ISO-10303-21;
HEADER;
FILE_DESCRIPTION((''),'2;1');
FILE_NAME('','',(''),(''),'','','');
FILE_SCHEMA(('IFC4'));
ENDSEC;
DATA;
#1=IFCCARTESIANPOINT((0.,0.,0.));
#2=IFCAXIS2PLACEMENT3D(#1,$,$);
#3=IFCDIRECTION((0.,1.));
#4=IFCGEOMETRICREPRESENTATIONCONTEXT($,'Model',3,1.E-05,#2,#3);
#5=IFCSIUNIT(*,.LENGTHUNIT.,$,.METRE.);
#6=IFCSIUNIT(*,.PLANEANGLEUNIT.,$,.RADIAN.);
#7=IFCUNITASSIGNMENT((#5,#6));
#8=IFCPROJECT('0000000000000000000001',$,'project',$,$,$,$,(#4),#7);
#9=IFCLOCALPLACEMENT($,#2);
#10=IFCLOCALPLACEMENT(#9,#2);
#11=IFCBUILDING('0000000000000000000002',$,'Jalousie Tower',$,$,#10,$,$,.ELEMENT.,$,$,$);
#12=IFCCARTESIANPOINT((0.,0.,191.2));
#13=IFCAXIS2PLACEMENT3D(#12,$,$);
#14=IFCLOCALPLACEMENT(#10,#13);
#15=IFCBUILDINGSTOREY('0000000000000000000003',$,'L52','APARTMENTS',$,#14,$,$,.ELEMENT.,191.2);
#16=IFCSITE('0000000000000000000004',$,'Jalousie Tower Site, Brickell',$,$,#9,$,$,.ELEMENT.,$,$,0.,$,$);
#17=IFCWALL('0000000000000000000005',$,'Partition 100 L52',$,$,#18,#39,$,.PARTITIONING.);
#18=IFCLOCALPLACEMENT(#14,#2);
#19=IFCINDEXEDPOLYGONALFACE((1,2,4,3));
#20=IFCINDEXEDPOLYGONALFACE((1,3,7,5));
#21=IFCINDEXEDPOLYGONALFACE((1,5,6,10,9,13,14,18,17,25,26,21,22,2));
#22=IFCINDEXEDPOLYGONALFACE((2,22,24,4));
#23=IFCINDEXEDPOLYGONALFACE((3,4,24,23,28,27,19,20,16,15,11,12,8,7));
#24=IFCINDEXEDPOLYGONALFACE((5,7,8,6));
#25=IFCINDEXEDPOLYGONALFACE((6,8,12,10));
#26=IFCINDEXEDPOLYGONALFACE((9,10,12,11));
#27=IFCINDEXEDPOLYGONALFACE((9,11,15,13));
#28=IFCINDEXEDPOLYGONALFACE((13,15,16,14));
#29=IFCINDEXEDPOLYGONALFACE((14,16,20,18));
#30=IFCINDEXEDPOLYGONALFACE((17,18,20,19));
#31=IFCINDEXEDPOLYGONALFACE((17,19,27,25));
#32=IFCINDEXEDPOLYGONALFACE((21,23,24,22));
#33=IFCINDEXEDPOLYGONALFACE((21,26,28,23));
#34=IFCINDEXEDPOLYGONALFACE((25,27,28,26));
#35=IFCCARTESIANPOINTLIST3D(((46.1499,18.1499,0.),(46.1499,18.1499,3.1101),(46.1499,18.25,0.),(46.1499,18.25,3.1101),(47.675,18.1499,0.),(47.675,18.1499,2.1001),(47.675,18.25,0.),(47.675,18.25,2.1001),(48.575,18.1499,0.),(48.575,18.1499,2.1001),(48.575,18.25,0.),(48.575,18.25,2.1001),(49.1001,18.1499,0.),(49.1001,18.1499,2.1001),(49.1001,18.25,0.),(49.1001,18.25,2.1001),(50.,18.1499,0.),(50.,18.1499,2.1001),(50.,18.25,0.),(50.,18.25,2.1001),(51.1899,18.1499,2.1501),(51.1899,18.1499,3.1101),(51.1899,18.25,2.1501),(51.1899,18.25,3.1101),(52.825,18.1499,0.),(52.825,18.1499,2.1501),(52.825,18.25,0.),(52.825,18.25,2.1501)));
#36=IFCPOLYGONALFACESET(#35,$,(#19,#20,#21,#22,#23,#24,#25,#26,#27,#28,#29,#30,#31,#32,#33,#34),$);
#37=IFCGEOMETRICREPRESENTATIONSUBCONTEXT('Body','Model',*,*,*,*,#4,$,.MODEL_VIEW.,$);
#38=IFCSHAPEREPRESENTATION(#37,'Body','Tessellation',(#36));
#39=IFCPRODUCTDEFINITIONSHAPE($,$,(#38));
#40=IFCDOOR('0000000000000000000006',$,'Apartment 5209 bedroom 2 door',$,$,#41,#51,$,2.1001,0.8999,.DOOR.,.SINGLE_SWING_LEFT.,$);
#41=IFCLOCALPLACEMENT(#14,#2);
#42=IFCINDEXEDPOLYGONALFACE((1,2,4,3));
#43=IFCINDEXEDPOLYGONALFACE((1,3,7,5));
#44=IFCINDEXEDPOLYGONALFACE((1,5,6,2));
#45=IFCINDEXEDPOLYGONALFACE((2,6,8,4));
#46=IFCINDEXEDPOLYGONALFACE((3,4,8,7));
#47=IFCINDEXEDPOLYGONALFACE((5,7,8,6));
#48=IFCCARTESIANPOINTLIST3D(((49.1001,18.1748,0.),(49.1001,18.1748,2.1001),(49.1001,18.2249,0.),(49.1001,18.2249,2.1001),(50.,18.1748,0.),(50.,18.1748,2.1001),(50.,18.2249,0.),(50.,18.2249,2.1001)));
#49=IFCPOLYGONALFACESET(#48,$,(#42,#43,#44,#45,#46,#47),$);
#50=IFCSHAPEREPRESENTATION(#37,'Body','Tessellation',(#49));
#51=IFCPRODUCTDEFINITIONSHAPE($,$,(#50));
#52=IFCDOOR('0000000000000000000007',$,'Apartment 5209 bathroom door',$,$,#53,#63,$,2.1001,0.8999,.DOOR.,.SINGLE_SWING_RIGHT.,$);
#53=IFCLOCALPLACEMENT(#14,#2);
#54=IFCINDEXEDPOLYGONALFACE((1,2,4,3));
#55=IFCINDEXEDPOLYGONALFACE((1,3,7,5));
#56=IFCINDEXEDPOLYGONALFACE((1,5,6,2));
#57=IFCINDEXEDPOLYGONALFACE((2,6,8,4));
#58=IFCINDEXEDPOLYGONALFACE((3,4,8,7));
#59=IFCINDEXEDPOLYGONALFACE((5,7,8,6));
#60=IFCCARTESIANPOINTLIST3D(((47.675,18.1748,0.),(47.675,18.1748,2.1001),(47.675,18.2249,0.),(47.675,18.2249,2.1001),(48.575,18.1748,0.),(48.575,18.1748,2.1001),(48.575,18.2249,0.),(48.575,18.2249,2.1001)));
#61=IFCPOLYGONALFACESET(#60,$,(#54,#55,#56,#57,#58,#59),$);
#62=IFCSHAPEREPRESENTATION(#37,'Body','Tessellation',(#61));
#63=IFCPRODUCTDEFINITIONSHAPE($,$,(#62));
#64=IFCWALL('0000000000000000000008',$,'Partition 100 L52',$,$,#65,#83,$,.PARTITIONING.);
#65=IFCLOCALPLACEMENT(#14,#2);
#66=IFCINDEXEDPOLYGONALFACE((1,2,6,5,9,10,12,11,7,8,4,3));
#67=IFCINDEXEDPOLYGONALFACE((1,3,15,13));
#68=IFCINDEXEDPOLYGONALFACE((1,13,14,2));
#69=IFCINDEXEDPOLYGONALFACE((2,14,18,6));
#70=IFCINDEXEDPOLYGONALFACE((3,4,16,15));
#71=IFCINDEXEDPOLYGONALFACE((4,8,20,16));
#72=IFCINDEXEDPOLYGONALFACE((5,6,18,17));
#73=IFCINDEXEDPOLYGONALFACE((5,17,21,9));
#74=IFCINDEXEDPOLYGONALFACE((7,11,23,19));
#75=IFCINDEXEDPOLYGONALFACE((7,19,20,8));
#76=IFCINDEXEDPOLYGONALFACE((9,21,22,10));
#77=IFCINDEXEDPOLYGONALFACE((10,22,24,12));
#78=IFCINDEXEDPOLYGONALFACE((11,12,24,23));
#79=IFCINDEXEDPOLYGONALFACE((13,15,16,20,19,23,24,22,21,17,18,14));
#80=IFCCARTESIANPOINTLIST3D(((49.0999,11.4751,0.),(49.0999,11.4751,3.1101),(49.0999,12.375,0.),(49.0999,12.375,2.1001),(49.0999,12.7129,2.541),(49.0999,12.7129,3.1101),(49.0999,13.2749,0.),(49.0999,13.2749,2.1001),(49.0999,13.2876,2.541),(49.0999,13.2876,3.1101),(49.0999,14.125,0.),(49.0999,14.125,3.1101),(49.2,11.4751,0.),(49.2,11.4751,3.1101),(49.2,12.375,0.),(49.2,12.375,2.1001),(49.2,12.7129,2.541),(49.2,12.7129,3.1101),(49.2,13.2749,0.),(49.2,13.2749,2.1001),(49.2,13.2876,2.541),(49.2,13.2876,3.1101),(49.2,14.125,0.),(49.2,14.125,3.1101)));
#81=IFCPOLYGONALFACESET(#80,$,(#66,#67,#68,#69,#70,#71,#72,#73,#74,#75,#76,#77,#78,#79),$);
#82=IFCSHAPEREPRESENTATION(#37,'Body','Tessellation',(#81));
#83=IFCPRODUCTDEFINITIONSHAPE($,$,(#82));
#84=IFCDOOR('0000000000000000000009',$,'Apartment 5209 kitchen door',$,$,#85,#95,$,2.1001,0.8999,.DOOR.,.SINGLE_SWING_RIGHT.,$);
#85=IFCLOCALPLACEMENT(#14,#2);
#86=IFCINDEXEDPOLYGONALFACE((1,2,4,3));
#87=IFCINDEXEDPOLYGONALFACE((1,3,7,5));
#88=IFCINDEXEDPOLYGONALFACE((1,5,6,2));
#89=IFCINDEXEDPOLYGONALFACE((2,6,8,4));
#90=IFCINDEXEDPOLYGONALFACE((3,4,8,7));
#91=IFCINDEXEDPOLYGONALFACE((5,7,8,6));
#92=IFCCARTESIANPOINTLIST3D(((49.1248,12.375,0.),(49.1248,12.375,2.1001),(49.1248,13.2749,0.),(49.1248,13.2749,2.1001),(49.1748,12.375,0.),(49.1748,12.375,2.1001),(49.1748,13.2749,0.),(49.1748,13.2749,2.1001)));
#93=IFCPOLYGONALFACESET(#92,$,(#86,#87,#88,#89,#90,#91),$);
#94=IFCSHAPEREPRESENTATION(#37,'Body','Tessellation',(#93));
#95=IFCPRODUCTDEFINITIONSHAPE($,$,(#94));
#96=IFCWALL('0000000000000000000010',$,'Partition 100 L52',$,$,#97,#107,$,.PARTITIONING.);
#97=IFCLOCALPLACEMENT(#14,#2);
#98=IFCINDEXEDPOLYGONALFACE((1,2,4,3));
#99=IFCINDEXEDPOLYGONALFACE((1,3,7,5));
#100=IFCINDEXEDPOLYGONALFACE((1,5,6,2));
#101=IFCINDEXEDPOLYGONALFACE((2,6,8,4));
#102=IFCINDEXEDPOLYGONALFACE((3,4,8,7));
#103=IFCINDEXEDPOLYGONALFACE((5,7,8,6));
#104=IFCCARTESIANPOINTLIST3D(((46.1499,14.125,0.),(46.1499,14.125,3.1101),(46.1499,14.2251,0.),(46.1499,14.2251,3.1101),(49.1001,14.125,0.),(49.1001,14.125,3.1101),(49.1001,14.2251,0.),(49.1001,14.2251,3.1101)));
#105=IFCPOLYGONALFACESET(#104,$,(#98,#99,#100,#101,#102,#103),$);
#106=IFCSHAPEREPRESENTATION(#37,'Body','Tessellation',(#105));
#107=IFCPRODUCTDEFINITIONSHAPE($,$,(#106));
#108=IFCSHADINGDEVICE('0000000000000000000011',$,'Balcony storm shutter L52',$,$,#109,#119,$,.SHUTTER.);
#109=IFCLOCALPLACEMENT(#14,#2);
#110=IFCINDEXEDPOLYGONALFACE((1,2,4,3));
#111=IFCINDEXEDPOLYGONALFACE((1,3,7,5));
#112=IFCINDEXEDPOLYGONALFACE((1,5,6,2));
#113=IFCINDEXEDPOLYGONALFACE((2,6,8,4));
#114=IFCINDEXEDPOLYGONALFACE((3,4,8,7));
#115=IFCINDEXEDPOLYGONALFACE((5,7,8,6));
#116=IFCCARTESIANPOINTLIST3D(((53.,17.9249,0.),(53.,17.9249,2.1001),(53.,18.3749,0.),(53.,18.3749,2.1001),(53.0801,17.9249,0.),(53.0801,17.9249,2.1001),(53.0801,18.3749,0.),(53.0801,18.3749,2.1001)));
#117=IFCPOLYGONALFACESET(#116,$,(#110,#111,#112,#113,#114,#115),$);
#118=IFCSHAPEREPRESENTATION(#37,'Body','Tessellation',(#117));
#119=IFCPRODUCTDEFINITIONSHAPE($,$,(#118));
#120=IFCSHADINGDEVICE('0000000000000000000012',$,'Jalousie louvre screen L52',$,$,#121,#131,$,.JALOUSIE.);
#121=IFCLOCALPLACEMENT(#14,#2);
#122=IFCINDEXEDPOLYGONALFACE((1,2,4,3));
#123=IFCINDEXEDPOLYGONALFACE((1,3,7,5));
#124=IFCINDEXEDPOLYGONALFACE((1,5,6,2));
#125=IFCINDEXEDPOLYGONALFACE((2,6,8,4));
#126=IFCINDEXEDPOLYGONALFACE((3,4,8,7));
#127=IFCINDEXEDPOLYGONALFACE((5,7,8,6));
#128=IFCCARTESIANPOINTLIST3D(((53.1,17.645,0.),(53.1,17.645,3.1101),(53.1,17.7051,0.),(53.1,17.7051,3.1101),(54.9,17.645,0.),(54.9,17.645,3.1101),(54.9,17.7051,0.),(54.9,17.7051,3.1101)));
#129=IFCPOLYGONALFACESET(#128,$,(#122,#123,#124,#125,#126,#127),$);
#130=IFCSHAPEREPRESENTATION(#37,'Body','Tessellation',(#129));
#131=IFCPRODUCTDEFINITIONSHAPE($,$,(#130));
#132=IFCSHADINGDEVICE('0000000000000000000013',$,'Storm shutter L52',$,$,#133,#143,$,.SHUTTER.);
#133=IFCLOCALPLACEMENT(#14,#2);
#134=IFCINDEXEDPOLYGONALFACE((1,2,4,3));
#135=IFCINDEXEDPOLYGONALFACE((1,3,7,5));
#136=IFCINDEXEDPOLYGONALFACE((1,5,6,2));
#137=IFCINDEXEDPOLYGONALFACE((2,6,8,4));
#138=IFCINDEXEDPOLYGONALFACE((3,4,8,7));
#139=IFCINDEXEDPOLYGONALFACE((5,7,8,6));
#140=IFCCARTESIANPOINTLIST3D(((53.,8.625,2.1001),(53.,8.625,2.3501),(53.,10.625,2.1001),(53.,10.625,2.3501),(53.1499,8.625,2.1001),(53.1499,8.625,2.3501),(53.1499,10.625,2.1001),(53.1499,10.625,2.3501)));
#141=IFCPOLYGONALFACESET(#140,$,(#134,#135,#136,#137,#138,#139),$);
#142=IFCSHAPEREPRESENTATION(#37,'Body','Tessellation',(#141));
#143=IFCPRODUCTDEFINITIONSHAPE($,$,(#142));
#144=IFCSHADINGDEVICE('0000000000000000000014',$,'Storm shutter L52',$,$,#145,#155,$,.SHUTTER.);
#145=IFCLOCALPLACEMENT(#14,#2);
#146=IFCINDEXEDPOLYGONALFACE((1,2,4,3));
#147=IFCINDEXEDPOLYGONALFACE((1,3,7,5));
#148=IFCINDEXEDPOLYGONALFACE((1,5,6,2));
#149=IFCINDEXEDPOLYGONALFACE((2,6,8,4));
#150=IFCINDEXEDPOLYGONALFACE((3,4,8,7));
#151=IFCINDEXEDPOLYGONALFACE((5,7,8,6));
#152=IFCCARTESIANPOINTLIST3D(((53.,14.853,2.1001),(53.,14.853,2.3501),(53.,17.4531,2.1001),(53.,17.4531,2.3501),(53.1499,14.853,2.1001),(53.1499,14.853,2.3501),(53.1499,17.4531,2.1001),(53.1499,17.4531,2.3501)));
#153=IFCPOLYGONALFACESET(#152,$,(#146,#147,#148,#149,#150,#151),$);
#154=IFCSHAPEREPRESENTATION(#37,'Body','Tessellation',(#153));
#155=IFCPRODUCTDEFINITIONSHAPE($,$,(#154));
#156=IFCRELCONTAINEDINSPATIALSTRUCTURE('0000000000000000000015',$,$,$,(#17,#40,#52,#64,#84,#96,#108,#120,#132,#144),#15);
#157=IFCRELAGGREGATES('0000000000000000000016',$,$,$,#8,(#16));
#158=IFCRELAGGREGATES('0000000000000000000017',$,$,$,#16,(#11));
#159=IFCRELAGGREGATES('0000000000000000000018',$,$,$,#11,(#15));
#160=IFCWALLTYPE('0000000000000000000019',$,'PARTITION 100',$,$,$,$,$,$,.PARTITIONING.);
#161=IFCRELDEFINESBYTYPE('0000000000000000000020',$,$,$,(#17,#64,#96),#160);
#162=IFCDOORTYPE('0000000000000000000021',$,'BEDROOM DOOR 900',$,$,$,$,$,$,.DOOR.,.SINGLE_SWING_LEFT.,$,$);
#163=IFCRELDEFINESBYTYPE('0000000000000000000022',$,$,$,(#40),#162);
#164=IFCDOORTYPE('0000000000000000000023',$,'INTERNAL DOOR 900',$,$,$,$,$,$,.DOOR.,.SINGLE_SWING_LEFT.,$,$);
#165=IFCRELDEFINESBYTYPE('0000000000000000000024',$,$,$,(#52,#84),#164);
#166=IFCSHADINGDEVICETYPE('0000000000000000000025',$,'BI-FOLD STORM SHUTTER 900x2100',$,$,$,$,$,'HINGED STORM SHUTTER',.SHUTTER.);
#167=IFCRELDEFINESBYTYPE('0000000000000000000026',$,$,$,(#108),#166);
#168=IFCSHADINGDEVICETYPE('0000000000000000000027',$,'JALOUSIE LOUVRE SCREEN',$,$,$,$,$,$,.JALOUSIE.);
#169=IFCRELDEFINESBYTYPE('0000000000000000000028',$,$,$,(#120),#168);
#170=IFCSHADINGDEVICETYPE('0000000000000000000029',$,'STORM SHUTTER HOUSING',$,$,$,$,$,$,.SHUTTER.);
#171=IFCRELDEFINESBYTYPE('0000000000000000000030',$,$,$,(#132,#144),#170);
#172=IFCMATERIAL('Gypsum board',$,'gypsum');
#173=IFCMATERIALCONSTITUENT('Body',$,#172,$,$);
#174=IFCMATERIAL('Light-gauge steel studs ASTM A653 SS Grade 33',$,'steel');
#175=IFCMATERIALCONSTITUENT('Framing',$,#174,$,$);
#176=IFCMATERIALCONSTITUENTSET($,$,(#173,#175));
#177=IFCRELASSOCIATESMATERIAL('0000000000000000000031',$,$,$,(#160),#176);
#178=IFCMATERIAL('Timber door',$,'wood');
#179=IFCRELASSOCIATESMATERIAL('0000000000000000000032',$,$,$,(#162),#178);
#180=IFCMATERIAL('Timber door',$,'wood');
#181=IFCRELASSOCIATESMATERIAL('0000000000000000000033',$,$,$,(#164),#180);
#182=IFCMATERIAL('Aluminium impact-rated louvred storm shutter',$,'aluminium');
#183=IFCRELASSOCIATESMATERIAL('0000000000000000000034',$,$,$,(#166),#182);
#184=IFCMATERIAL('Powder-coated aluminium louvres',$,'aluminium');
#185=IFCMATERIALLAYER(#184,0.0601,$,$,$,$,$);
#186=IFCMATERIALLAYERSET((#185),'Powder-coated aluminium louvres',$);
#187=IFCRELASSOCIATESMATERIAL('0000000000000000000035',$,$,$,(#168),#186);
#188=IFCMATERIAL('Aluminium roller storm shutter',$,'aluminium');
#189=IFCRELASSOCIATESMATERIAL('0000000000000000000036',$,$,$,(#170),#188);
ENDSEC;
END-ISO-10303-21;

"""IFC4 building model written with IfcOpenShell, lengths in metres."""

from ifc_helpers import new_model, si_unit, direction, frame, frame_2d, origin, origin_2d, place, context, subcontext, project, spatial, polyline, rectangle, outline, extrude, material, layer, layer_set, constituent, constituent_set, type_object, element, fill, save


model = new_model("IFC4")

# Units and contexts
model_context = context("Model", 3, precision=1e-05, world=origin(), true_north=direction((0.0, 1.0)))
body_context = subcontext(model_context, "Body", "Model", "MODEL_VIEW")
ifc_project = project(units=[si_unit("LENGTHUNIT", "METRE"), si_unit("PLANEANGLEUNIT", "RADIAN")], contexts=[model_context])

# Site, building, storey
site_placement = place(None, origin())
site = spatial("IfcSite", under=ifc_project, at=site_placement, Name="Jalousie Tower Site, Brickell", CompositionType="ELEMENT", RefElevation=0.0)
building_placement = place(site_placement, origin())
building = spatial("IfcBuilding", under=site, at=building_placement, Name="Jalousie Tower", CompositionType="ELEMENT")
storey_placement = place(building_placement, frame((0.0, 0.0, 191.2)))
storey = spatial("IfcBuildingStorey", under=building, at=storey_placement, Name="L52", Description="APARTMENTS", CompositionType="ELEMENT", Elevation=191.2)

# Shared definitions
ifc_material_1 = material(Name="Gypsum board", Category="gypsum")
ifc_constituent_1 = constituent(ifc_material_1, Name="Body")
ifc_material_2 = material(Name="Light-gauge steel studs ASTM A653 SS Grade 33", Category="steel")
ifc_constituent_2 = constituent(ifc_material_2, Name="Framing")
ifc_constituent_set_1 = constituent_set(constituents=[ifc_constituent_1, ifc_constituent_2])
wall_type_1 = type_object("IfcWallType", Name="PARTITION 100", PredefinedType="PARTITIONING", material=ifc_constituent_set_1)
ifc_material_3 = material(Name="Timber door", Category="wood")
door_type_1 = type_object("IfcDoorType", Name="BEDROOM DOOR 900", OperationType="SINGLE_SWING_LEFT", PredefinedType="DOOR", material=ifc_material_3)

# Wall, openings, doors
wall_1_placement = place(storey_placement, frame((52.825, 18.2, 0.0), z_axis=(0.0, 0.0, 1.0), x_axis=(-1.0, 0.0, 0.0)))
wall_1 = element("IfcWall", 1, at=wall_1_placement, inside=storey, type_object=wall_type_1, Name="Partition 100 L52", PredefinedType="PARTITIONING", context=body_context, shape_type="SweptSolid", body=[
    extrude(outline(polyline([(0.0, 0.0), (6.675, 0.0), (6.675, 3.1101), (1.635, 3.1101), (1.635, 2.1501), (0.0, 2.1501), (0.0, 3.1101), (0.0, 0.0)])), frame((0.0, 0.05, 0.0), z_axis=(0.0, -1.0, 0.0), x_axis=(1.0, 0.0, 0.0)), (0.0, 0.0, 1.0), 0.1001),
])
opening_1_placement = place(wall_1_placement, frame((2.825, 0.0, 0.0)))
opening_1 = element("IfcOpeningElement", 2, at=opening_1_placement, cuts=wall_1, PredefinedType="OPENING", context=body_context, shape_type="SweptSolid", body=[
    extrude(rectangle(XDim=0.8999, YDim=2.1001, at=frame_2d((0.45, 1.05))), frame((0.0, 0.0601, 0.0), z_axis=(0.0, -1.0, 0.0), x_axis=(1.0, 0.0, 0.0)), (0.0, 0.0, 1.0), 0.1201),
])
opening_2_placement = place(wall_1_placement, frame((4.25, 0.0, 0.0)))
opening_2 = element("IfcOpeningElement", 3, at=opening_2_placement, cuts=wall_1, PredefinedType="OPENING", context=body_context, shape_type="SweptSolid", body=[
    extrude(rectangle(XDim=0.8999, YDim=2.1001, at=frame_2d((0.45, 1.05))), frame((0.0, 0.0601, 0.0), z_axis=(0.0, -1.0, 0.0), x_axis=(1.0, 0.0, 0.0)), (0.0, 0.0, 1.0), 0.1201),
])
door_1_placement = place(opening_1_placement, frame((0.8999, 0.0, 0.0), z_axis=(0.0, 0.0, 1.0), x_axis=(-1.0, 0.0, 0.0)))
door_1 = element("IfcDoor", 4, at=door_1_placement, inside=storey, type_object=door_type_1, Name="Apartment 5209 bedroom 2 door", OperationType="SINGLE_SWING_LEFT", OverallHeight=2.1001, OverallWidth=0.8999, PredefinedType="DOOR", context=body_context, shape_type="SweptSolid", body=[
    extrude(rectangle(XDim=0.8999, YDim=2.1001, at=frame_2d((0.45, 1.05))), frame((0.0, 0.0249, 0.0), z_axis=(0.0, -1.0, 0.0), x_axis=(1.0, 0.0, 0.0)), (0.0, 0.0, 1.0), 0.05),
])
fill(opening_1, door_1)
ifc_material_4 = material(Name="Timber door", Category="wood")
door_type_2 = type_object("IfcDoorType", Name="INTERNAL DOOR 900", OperationType="SINGLE_SWING_LEFT", PredefinedType="DOOR", material=ifc_material_4)
door_2_placement = place(opening_2_placement, frame((0.8999, 0.0, 0.0), z_axis=(0.0, 0.0, 1.0), x_axis=(-1.0, 0.0, 0.0)))
door_2 = element("IfcDoor", 5, at=door_2_placement, inside=storey, type_object=door_type_2, Name="Apartment 5209 bathroom door", OperationType="SINGLE_SWING_RIGHT", OverallHeight=2.1001, OverallWidth=0.8999, PredefinedType="DOOR", context=body_context, shape_type="SweptSolid", body=[
    extrude(rectangle(XDim=0.8999, YDim=2.1001, at=frame_2d((0.45, 1.05))), frame((0.0, 0.0249, 0.0), z_axis=(0.0, -1.0, 0.0), x_axis=(1.0, 0.0, 0.0)), (0.0, 0.0, 1.0), 0.05),
])
fill(opening_2, door_2)

# Wall, opening, door
wall_2_placement = place(storey_placement, frame((49.1499, 11.4751, 0.0), z_axis=(0.0, 0.0, 1.0), x_axis=(0.0, 1.0, 0.0)))
wall_2 = element("IfcWall", 6, at=wall_2_placement, inside=storey, type_object=wall_type_1, Name="Partition 100 L52", PredefinedType="PARTITIONING", context=body_context, shape_type="SweptSolid", body=[
    extrude(outline(polyline([(0.0, 0.0), (2.6499, 0.0), (2.6499, 3.1101), (1.8125, 3.1101), (1.8125, 2.541), (1.2378, 2.541), (1.2378, 3.1101), (0.0, 3.1101), (0.0, 0.0)])), frame((0.0, 0.05, 0.0), z_axis=(0.0, -1.0, 0.0), x_axis=(1.0, 0.0, 0.0)), (0.0, 0.0, 1.0), 0.1001),
])
opening_3_placement = place(wall_2_placement, frame((0.8999, 0.0, 0.0)))
opening_3 = element("IfcOpeningElement", 7, at=opening_3_placement, cuts=wall_2, PredefinedType="OPENING", context=body_context, shape_type="SweptSolid", body=[
    extrude(rectangle(XDim=0.8999, YDim=2.1001, at=frame_2d((0.45, 1.05))), frame((0.0, 0.0601, 0.0), z_axis=(0.0, -1.0, 0.0), x_axis=(1.0, 0.0, 0.0)), (0.0, 0.0, 1.0), 0.1201),
])
door_3_placement = place(opening_3_placement, frame((0.8999, 0.0, 0.0), z_axis=(0.0, 0.0, 1.0), x_axis=(-1.0, 0.0, 0.0)))
door_3 = element("IfcDoor", 8, at=door_3_placement, inside=storey, type_object=door_type_2, Name="Apartment 5209 kitchen door", OperationType="SINGLE_SWING_RIGHT", OverallHeight=2.1001, OverallWidth=0.8999, PredefinedType="DOOR", context=body_context, shape_type="SweptSolid", body=[
    extrude(rectangle(XDim=0.8999, YDim=2.1001, at=frame_2d((0.45, 1.05))), frame((0.0, 0.0249, 0.0), z_axis=(0.0, -1.0, 0.0), x_axis=(1.0, 0.0, 0.0)), (0.0, 0.0, 1.0), 0.05),
])
fill(opening_3, door_3)

# Wall
wall_3_placement = place(storey_placement, frame((49.1001, 14.175, 0.0), z_axis=(0.0, 0.0, 1.0), x_axis=(-1.0, 0.0, 0.0)))
element("IfcWall", 9, at=wall_3_placement, inside=storey, type_object=wall_type_1, Name="Partition 100 L52", PredefinedType="PARTITIONING", context=body_context, shape_type="SweptSolid", body=[
    extrude(rectangle(XDim=2.9502, YDim=0.1001, at=frame_2d((1.4751, 0.0))), origin(), (0.0, 0.0, 1.0), 3.1101),
])

# Shading device
ifc_material_5 = material(Name="Aluminium impact-rated louvred storm shutter", Category="aluminium")
shading_device_type_1 = type_object("IfcShadingDeviceType", Name="BI-FOLD STORM SHUTTER 900x2100", ElementType="HINGED STORM SHUTTER", PredefinedType="SHUTTER", material=ifc_material_5)
shading_device_1_placement = place(storey_placement, frame((53.04, 18.1499, 0.0), z_axis=(0.0, 0.0, 1.0), x_axis=(0.0, 1.0, 0.0)))
element("IfcShadingDevice", 10, at=shading_device_1_placement, inside=storey, type_object=shading_device_type_1, Name="Balcony storm shutter L52", PredefinedType="SHUTTER", context=body_context, shape_type="SweptSolid", body=[
    extrude(rectangle(XDim=0.45, YDim=0.0801, at=origin_2d()), origin(), (0.0, 0.0, 1.0), 2.1001),
])

# Shading devices
ifc_material_6 = material(Name="Powder-coated aluminium louvres", Category="aluminium")
ifc_layer_1 = layer(ifc_material_6, 0.0601)
ifc_layer_set_1 = layer_set([ifc_layer_1], Name="Powder-coated aluminium louvres")
shading_device_type_2 = type_object("IfcShadingDeviceType", Name="JALOUSIE LOUVRE SCREEN", PredefinedType="JALOUSIE", material=ifc_layer_set_1)
shading_device_2_placement = place(storey_placement, frame((54.0, 17.675, 0.0), z_axis=(0.0, 0.0, 1.0), x_axis=(0.0, 1.0, 0.0)))
element("IfcShadingDevice", 11, at=shading_device_2_placement, inside=storey, type_object=shading_device_type_2, Name="Jalousie louvre screen L52", PredefinedType="JALOUSIE", context=body_context, shape_type="SweptSolid", body=[
    extrude(rectangle(XDim=0.0601, YDim=1.8, at=origin_2d()), origin(), (0.0, 0.0, 1.0), 3.1101),
])
ifc_material_7 = material(Name="Aluminium roller storm shutter", Category="aluminium")
shading_device_type_3 = type_object("IfcShadingDeviceType", Name="STORM SHUTTER HOUSING", PredefinedType="SHUTTER", material=ifc_material_7)
shading_device_3_placement = place(storey_placement, frame((53.075, 9.625, 2.1001), z_axis=(0.0, 0.0, 1.0), x_axis=(0.0, 1.0, 0.0)))
element("IfcShadingDevice", 12, at=shading_device_3_placement, inside=storey, type_object=shading_device_type_3, Name="Storm shutter L52", PredefinedType="SHUTTER", context=body_context, shape_type="SweptSolid", body=[
    extrude(rectangle(XDim=2.0, YDim=0.1499, at=origin_2d()), origin(), (0.0, 0.0, 1.0), 0.25),
])
shading_device_4_placement = place(storey_placement, frame((53.075, 16.1531, 2.1001), z_axis=(0.0, 0.0, 1.0), x_axis=(0.0, 1.0, 0.0)))
element("IfcShadingDevice", 13, at=shading_device_4_placement, inside=storey, type_object=shading_device_type_3, Name="Storm shutter L52", PredefinedType="SHUTTER", context=body_context, shape_type="SweptSolid", body=[
    extrude(rectangle(XDim=2.6001, YDim=0.1499, at=origin_2d()), origin(), (0.0, 0.0, 1.0), 0.25),
])

save(model, "model.ifc")
